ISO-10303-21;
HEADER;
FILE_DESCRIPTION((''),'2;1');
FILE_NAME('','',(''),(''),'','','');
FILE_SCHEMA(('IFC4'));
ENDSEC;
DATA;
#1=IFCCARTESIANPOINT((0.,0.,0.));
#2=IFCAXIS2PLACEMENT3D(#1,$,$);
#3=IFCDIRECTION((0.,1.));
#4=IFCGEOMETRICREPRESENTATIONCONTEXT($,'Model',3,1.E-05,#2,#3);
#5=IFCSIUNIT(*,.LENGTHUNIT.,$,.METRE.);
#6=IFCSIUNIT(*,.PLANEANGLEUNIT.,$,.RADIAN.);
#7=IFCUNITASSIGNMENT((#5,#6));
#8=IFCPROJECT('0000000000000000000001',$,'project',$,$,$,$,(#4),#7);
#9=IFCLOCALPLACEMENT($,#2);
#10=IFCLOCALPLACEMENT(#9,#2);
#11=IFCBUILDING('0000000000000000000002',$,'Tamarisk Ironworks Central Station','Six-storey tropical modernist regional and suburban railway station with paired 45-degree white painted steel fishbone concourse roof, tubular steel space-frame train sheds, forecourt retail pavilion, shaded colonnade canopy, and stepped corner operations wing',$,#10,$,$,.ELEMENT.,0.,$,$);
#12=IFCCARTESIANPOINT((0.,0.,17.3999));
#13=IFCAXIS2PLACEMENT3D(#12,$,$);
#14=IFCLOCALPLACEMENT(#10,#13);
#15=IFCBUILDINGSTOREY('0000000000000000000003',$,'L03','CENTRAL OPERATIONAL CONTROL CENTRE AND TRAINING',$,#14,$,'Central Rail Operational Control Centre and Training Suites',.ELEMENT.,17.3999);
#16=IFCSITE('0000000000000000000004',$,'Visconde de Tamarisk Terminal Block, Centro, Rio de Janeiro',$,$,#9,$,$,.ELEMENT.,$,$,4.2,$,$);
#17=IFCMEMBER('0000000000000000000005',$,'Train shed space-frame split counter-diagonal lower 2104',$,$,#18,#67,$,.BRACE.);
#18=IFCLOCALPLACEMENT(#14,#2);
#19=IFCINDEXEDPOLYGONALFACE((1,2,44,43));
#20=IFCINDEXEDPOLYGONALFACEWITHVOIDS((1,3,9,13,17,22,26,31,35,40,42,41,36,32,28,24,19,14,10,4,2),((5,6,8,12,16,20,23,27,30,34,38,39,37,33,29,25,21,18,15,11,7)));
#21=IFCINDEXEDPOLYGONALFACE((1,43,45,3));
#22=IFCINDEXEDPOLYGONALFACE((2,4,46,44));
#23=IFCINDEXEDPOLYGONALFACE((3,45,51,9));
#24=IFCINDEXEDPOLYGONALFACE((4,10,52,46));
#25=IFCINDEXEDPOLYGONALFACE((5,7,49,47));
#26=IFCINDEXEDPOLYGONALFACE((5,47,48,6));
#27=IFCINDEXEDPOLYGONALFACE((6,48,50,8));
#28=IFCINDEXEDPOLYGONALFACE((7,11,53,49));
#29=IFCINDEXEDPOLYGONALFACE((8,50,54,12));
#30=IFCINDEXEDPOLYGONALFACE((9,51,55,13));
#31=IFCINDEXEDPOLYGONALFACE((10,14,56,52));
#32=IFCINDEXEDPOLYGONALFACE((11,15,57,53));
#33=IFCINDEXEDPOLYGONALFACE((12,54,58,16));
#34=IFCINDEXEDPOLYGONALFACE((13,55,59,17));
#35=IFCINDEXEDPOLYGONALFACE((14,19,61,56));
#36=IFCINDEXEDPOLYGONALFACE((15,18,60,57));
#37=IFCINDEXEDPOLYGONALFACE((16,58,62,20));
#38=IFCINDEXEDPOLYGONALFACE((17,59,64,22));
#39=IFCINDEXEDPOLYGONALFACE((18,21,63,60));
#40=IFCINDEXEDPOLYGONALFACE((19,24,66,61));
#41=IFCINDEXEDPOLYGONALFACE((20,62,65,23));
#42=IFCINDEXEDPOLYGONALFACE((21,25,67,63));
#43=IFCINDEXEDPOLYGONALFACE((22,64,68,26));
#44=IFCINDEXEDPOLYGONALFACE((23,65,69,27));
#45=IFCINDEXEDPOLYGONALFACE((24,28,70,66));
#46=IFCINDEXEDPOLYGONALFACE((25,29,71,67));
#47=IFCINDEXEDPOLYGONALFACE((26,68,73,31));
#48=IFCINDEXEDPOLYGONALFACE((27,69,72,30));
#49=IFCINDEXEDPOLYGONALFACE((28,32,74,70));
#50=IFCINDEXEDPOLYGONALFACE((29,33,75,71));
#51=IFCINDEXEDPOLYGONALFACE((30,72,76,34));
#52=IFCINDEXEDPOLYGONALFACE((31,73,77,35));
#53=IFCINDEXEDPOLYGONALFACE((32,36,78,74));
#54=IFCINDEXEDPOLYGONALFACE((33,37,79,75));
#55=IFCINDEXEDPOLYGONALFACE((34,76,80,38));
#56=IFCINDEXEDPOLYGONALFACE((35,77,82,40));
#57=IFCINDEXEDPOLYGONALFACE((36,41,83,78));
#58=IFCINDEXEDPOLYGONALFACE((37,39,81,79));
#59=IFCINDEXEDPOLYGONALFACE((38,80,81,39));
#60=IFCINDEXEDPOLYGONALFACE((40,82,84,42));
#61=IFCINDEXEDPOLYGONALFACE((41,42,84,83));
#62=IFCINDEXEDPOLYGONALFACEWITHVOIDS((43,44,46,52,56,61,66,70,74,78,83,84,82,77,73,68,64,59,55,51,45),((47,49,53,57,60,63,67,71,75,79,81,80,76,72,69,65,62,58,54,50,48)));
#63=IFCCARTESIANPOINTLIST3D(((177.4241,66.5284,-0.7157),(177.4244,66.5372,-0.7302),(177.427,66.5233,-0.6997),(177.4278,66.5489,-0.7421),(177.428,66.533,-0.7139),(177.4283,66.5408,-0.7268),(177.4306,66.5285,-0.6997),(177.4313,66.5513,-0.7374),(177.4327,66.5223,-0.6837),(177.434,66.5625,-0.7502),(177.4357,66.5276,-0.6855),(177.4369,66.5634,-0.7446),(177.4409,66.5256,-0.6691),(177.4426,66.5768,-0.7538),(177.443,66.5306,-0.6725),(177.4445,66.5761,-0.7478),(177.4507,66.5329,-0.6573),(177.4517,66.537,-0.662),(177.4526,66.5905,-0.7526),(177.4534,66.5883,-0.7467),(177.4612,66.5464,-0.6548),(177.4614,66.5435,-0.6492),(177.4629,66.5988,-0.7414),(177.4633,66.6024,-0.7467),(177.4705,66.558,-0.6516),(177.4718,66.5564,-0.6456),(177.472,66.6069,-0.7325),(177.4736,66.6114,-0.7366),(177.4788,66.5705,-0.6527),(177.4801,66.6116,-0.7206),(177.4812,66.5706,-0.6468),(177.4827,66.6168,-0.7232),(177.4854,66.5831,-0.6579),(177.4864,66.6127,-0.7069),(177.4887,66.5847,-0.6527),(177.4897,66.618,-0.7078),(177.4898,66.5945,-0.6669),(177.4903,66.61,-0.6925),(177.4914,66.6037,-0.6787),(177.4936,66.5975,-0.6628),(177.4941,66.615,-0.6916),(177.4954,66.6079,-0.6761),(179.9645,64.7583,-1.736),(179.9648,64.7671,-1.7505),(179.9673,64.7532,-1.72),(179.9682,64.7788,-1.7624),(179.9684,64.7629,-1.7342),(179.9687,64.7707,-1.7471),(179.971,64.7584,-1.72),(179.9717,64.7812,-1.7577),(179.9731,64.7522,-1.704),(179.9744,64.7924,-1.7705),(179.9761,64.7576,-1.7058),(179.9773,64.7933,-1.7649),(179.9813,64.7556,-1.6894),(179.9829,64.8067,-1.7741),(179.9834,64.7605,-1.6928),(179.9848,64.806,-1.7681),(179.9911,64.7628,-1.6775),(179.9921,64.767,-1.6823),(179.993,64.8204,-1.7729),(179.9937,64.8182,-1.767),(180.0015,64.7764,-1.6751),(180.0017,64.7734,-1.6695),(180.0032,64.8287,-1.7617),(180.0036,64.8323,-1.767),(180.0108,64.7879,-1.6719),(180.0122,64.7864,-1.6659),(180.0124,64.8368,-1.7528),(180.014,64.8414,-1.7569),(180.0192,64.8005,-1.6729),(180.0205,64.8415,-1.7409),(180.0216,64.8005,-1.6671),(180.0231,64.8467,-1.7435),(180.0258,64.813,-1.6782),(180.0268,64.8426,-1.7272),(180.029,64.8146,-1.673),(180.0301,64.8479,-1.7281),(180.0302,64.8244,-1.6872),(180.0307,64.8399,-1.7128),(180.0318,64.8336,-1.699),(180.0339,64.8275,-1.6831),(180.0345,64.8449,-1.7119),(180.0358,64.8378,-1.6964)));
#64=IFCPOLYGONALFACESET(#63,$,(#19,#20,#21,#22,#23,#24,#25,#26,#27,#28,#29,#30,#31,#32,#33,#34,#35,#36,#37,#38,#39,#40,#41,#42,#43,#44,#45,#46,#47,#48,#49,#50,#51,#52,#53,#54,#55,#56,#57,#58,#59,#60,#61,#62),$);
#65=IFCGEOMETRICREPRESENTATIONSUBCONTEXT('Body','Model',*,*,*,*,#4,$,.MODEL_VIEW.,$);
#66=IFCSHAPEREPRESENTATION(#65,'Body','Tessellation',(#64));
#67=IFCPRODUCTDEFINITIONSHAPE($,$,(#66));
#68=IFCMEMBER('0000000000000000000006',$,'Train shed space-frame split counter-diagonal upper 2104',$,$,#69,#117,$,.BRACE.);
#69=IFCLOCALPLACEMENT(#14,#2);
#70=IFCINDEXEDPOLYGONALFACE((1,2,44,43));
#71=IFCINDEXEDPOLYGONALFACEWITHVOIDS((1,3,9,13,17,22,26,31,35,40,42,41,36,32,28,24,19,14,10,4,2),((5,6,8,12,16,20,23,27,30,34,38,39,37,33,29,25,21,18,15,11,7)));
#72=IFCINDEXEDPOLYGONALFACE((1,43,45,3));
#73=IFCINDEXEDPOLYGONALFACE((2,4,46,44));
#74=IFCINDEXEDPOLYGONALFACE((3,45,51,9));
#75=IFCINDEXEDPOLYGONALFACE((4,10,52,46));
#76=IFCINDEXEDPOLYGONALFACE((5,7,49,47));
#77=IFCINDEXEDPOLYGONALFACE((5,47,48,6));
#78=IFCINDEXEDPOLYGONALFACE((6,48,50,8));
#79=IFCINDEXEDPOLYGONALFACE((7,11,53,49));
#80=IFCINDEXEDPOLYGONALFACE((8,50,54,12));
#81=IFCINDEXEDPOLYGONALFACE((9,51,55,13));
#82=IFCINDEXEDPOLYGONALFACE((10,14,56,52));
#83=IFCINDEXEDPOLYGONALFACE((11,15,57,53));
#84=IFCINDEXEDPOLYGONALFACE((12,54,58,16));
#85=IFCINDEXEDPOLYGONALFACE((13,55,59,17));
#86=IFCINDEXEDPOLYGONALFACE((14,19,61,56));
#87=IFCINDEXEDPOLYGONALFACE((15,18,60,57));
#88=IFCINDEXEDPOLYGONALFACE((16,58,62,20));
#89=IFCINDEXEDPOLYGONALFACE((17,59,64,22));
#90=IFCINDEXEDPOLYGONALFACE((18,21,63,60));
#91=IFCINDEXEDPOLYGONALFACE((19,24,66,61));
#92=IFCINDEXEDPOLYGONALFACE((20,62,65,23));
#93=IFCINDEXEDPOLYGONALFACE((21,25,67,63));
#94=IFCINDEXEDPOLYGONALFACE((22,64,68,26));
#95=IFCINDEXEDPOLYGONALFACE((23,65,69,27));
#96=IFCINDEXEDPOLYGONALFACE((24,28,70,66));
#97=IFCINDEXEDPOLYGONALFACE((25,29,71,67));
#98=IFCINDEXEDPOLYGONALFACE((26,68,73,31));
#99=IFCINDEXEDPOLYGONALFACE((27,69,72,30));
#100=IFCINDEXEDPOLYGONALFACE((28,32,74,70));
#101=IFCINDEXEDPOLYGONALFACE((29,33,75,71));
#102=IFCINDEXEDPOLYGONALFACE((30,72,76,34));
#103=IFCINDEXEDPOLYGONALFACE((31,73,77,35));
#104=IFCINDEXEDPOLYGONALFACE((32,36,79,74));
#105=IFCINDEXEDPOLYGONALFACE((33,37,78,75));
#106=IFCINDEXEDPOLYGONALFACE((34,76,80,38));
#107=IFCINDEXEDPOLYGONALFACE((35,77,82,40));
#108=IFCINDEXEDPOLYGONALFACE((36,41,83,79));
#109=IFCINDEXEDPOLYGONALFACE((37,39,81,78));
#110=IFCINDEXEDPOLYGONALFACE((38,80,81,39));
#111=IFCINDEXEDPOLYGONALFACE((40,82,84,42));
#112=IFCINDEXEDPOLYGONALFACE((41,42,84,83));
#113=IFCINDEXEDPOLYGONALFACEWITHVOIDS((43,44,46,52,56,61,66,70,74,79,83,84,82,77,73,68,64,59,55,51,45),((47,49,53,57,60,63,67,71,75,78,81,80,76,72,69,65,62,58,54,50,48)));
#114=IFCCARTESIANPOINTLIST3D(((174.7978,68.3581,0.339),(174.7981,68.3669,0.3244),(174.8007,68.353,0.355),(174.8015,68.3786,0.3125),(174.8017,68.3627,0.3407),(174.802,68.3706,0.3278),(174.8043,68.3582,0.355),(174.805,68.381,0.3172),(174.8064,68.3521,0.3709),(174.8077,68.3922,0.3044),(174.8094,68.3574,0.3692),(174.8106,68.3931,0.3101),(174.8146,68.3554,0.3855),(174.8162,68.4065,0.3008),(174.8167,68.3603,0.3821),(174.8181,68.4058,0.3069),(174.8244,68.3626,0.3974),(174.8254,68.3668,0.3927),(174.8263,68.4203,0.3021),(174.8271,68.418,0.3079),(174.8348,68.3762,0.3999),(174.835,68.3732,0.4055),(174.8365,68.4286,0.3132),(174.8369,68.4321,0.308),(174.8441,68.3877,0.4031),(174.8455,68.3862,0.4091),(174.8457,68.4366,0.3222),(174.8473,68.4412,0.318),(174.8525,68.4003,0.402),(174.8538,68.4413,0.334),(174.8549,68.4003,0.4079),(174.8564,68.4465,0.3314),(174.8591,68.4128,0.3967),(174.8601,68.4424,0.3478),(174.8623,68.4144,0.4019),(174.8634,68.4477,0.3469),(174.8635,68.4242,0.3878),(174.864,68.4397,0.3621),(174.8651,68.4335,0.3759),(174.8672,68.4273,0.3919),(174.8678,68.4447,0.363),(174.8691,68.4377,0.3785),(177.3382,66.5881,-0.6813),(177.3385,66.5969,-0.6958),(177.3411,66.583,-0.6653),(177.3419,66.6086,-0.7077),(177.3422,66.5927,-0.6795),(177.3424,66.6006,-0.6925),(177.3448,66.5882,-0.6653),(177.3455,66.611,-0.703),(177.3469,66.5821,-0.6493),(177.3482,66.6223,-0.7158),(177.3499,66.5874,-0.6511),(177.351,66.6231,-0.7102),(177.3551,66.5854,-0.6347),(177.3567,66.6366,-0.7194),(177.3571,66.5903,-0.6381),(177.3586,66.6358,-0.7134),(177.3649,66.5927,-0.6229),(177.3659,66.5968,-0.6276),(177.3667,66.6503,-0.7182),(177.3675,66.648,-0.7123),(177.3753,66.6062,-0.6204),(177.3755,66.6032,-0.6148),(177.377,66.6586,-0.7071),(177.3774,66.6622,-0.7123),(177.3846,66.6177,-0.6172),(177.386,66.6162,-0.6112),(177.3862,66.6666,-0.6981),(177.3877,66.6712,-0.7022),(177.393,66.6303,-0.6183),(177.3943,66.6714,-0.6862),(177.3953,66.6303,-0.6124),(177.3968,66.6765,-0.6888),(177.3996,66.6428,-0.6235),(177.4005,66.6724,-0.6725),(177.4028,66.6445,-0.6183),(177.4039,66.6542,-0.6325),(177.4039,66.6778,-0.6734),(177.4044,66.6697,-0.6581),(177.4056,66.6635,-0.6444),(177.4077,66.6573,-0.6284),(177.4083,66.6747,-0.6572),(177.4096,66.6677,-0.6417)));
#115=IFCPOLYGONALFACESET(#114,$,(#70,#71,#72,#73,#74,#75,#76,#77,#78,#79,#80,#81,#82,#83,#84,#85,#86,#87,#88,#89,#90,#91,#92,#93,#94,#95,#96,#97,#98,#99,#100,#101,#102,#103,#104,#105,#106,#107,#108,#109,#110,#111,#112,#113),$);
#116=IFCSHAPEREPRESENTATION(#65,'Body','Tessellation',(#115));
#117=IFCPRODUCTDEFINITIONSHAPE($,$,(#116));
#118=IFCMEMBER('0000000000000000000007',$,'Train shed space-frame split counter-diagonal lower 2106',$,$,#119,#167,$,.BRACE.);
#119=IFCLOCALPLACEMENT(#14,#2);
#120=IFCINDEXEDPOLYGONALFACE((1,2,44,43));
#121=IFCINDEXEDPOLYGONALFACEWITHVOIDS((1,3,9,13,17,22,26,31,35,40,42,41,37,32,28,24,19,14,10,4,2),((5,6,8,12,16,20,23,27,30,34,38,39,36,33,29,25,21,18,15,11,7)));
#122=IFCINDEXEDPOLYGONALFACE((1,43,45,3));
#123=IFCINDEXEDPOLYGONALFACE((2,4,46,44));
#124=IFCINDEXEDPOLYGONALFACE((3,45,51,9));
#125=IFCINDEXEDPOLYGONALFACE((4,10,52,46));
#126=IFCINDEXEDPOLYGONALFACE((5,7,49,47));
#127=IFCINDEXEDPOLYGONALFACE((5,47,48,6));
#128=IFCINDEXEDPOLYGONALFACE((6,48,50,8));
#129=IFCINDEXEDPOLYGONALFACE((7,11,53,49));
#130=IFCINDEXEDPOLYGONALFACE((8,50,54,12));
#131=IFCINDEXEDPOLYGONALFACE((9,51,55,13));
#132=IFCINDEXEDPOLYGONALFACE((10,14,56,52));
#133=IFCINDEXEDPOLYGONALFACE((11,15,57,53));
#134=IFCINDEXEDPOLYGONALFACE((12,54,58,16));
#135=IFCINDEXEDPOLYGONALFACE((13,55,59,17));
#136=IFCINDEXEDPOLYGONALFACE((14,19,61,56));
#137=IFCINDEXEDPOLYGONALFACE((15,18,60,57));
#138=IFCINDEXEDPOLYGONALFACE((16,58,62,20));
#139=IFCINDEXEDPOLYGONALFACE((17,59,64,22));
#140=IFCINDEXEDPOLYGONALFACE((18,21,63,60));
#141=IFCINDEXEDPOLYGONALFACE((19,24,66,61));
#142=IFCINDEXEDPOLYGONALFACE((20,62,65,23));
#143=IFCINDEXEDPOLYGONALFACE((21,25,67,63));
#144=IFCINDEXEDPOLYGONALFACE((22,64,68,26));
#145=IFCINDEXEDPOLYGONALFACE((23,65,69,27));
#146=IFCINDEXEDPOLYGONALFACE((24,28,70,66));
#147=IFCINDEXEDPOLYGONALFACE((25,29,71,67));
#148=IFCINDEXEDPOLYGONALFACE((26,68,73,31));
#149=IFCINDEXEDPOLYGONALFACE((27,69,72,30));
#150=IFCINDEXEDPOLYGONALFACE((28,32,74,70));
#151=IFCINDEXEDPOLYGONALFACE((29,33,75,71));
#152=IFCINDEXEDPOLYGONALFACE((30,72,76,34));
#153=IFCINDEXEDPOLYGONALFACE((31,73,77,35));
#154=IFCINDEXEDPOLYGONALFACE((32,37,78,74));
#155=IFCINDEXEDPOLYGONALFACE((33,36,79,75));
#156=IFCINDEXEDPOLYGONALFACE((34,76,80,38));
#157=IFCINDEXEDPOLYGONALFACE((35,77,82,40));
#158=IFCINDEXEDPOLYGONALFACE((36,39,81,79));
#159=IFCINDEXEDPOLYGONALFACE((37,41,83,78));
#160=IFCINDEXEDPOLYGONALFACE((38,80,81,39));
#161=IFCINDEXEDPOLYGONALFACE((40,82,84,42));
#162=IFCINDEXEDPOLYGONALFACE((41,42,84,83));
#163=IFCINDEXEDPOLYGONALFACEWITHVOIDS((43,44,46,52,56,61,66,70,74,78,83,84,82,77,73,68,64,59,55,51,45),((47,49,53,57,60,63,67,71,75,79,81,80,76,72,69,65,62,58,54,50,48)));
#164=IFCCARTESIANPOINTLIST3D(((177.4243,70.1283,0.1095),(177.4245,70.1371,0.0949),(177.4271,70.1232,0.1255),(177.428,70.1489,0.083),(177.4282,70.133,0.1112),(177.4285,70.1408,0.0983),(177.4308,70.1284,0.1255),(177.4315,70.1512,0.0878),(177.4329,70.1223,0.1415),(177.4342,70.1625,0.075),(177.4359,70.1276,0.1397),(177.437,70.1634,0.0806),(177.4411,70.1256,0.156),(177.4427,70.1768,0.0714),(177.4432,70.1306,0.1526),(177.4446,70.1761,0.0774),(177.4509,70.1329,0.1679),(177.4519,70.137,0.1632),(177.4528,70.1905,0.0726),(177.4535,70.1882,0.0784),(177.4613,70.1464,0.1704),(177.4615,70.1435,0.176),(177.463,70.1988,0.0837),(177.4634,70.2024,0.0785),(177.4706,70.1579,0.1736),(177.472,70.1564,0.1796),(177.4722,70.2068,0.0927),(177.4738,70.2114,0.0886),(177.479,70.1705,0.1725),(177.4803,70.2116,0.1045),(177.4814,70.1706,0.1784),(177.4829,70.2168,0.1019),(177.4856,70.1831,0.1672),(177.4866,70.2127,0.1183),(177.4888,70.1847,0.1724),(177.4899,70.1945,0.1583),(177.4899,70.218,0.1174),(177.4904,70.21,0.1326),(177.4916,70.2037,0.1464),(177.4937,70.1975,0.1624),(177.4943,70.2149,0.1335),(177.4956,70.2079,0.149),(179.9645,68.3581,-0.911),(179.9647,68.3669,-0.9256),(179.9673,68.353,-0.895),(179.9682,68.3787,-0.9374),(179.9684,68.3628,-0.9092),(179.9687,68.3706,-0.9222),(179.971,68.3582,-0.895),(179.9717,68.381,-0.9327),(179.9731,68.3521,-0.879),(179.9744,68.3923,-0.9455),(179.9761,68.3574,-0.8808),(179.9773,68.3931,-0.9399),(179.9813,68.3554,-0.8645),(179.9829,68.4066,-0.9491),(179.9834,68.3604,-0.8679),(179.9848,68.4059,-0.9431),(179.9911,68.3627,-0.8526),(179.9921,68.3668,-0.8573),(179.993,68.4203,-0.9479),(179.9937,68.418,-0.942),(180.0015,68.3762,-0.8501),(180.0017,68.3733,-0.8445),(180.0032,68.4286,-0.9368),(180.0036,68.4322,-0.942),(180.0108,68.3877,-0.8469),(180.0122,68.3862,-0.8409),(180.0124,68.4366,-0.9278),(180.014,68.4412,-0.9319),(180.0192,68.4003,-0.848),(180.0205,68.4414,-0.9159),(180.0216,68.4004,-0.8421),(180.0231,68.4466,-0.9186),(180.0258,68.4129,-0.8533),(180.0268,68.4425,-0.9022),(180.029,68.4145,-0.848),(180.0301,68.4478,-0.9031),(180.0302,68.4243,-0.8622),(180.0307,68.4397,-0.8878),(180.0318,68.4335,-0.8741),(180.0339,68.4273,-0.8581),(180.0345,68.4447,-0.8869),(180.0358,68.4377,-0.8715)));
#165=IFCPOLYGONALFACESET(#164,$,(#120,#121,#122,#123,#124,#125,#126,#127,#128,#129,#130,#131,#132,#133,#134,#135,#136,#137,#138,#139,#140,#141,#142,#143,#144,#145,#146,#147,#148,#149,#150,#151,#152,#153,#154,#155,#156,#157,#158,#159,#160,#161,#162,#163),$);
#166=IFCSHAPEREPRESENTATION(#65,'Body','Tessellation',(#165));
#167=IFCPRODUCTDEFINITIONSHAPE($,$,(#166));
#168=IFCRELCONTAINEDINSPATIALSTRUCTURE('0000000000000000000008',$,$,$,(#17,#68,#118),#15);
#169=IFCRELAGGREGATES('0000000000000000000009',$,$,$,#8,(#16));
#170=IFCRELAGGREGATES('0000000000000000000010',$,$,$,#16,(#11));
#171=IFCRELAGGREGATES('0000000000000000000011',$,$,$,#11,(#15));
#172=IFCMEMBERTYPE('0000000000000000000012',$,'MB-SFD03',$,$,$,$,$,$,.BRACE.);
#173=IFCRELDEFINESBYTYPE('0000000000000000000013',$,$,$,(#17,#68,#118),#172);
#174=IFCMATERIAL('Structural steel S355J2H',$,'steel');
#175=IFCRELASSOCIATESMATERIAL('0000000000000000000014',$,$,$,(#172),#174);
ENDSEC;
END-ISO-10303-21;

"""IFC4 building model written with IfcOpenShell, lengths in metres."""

from ifc_helpers import new_model, si_unit, direction, frame, origin, origin_2d, place, context, subcontext, project, spatial, hollow_circle, extrude, material, material_profile, profile_set, type_object, element, save


model = new_model("IFC4")

# Units and contexts
model_context = context("Model", 3, precision=1e-05, world=origin(), true_north=direction((0.0, 1.0)))
body_context = subcontext(model_context, "Body", "Model", "MODEL_VIEW")
ifc_project = project(units=[si_unit("LENGTHUNIT", "METRE"), si_unit("PLANEANGLEUNIT", "RADIAN")], contexts=[model_context])

# Site, building, storey
site_placement = place(None, origin())
site = spatial("IfcSite", under=ifc_project, at=site_placement, Name="Visconde de Tamarisk Terminal Block, Centro, Rio de Janeiro", CompositionType="ELEMENT", RefElevation=4.2)
building_placement = place(site_placement, origin())
building = spatial("IfcBuilding", under=site, at=building_placement, Name="Tamarisk Ironworks Central Station", Description="Six-storey tropical modernist regional and suburban railway station with paired 45-degree white painted steel fishbone concourse roof, tubular steel space-frame train sheds, forecourt retail pavilion, shaded colonnade canopy, and stepped corner operations wing", CompositionType="ELEMENT", ElevationOfRefHeight=0.0)
storey_placement = place(building_placement, frame((0.0, 0.0, 17.3999)))
storey = spatial("IfcBuildingStorey", under=building, at=storey_placement, Name="L03", Description="CENTRAL OPERATIONAL CONTROL CENTRE AND TRAINING", LongName="Central Rail Operational Control Centre and Training Suites", CompositionType="ELEMENT", Elevation=17.3999)

# Members
ifc_material = material(Name="Structural steel S355J2H", Category="steel")
ifc_material_profile_1 = material_profile(ifc_material, hollow_circle(Radius=0.0571, WallThickness=0.0063, at=origin_2d()), Name="CHS 114.3x6.3")
ifc_profile_set_1 = profile_set([ifc_material_profile_1], Name="Structural steel S355J2H")
member_type_1 = type_object("IfcMemberType", Name="MB-SFD03", PredefinedType="BRACE", material=ifc_profile_set_1)
for number, where, z_axis, x_axis, name in (
    (1, (180.0, 64.8, -1.72), (-0.779252, 0.542967, 0.312974), (-0.571688, -0.820471, 0.0), "Train shed space-frame split counter-diagonal lower 2104"),
    (2, (177.3738, 66.6299, -0.6653), (-0.779281, 0.542936, 0.312956), (-0.571651, -0.820497, 0.0), "Train shed space-frame split counter-diagonal upper 2104"),
    (3, (180.0, 68.3999, -0.895), (-0.779202, 0.543008, 0.313029), (-0.571741, -0.820434, 0.0), "Train shed space-frame split counter-diagonal lower 2106"),
):
    element("IfcMember", number, at=place(storey_placement, frame(where, z_axis=z_axis, x_axis=x_axis)), inside=storey, type_object=member_type_1, Name=name, PredefinedType="BRACE", context=body_context, shape_type="SweptSolid", body=[
        extrude(hollow_circle(Radius=0.0571, WallThickness=0.0063, at=origin_2d()), origin(), (0.0, 0.0, 1.0), 3.26),
    ])

save(model, "model.ifc")
